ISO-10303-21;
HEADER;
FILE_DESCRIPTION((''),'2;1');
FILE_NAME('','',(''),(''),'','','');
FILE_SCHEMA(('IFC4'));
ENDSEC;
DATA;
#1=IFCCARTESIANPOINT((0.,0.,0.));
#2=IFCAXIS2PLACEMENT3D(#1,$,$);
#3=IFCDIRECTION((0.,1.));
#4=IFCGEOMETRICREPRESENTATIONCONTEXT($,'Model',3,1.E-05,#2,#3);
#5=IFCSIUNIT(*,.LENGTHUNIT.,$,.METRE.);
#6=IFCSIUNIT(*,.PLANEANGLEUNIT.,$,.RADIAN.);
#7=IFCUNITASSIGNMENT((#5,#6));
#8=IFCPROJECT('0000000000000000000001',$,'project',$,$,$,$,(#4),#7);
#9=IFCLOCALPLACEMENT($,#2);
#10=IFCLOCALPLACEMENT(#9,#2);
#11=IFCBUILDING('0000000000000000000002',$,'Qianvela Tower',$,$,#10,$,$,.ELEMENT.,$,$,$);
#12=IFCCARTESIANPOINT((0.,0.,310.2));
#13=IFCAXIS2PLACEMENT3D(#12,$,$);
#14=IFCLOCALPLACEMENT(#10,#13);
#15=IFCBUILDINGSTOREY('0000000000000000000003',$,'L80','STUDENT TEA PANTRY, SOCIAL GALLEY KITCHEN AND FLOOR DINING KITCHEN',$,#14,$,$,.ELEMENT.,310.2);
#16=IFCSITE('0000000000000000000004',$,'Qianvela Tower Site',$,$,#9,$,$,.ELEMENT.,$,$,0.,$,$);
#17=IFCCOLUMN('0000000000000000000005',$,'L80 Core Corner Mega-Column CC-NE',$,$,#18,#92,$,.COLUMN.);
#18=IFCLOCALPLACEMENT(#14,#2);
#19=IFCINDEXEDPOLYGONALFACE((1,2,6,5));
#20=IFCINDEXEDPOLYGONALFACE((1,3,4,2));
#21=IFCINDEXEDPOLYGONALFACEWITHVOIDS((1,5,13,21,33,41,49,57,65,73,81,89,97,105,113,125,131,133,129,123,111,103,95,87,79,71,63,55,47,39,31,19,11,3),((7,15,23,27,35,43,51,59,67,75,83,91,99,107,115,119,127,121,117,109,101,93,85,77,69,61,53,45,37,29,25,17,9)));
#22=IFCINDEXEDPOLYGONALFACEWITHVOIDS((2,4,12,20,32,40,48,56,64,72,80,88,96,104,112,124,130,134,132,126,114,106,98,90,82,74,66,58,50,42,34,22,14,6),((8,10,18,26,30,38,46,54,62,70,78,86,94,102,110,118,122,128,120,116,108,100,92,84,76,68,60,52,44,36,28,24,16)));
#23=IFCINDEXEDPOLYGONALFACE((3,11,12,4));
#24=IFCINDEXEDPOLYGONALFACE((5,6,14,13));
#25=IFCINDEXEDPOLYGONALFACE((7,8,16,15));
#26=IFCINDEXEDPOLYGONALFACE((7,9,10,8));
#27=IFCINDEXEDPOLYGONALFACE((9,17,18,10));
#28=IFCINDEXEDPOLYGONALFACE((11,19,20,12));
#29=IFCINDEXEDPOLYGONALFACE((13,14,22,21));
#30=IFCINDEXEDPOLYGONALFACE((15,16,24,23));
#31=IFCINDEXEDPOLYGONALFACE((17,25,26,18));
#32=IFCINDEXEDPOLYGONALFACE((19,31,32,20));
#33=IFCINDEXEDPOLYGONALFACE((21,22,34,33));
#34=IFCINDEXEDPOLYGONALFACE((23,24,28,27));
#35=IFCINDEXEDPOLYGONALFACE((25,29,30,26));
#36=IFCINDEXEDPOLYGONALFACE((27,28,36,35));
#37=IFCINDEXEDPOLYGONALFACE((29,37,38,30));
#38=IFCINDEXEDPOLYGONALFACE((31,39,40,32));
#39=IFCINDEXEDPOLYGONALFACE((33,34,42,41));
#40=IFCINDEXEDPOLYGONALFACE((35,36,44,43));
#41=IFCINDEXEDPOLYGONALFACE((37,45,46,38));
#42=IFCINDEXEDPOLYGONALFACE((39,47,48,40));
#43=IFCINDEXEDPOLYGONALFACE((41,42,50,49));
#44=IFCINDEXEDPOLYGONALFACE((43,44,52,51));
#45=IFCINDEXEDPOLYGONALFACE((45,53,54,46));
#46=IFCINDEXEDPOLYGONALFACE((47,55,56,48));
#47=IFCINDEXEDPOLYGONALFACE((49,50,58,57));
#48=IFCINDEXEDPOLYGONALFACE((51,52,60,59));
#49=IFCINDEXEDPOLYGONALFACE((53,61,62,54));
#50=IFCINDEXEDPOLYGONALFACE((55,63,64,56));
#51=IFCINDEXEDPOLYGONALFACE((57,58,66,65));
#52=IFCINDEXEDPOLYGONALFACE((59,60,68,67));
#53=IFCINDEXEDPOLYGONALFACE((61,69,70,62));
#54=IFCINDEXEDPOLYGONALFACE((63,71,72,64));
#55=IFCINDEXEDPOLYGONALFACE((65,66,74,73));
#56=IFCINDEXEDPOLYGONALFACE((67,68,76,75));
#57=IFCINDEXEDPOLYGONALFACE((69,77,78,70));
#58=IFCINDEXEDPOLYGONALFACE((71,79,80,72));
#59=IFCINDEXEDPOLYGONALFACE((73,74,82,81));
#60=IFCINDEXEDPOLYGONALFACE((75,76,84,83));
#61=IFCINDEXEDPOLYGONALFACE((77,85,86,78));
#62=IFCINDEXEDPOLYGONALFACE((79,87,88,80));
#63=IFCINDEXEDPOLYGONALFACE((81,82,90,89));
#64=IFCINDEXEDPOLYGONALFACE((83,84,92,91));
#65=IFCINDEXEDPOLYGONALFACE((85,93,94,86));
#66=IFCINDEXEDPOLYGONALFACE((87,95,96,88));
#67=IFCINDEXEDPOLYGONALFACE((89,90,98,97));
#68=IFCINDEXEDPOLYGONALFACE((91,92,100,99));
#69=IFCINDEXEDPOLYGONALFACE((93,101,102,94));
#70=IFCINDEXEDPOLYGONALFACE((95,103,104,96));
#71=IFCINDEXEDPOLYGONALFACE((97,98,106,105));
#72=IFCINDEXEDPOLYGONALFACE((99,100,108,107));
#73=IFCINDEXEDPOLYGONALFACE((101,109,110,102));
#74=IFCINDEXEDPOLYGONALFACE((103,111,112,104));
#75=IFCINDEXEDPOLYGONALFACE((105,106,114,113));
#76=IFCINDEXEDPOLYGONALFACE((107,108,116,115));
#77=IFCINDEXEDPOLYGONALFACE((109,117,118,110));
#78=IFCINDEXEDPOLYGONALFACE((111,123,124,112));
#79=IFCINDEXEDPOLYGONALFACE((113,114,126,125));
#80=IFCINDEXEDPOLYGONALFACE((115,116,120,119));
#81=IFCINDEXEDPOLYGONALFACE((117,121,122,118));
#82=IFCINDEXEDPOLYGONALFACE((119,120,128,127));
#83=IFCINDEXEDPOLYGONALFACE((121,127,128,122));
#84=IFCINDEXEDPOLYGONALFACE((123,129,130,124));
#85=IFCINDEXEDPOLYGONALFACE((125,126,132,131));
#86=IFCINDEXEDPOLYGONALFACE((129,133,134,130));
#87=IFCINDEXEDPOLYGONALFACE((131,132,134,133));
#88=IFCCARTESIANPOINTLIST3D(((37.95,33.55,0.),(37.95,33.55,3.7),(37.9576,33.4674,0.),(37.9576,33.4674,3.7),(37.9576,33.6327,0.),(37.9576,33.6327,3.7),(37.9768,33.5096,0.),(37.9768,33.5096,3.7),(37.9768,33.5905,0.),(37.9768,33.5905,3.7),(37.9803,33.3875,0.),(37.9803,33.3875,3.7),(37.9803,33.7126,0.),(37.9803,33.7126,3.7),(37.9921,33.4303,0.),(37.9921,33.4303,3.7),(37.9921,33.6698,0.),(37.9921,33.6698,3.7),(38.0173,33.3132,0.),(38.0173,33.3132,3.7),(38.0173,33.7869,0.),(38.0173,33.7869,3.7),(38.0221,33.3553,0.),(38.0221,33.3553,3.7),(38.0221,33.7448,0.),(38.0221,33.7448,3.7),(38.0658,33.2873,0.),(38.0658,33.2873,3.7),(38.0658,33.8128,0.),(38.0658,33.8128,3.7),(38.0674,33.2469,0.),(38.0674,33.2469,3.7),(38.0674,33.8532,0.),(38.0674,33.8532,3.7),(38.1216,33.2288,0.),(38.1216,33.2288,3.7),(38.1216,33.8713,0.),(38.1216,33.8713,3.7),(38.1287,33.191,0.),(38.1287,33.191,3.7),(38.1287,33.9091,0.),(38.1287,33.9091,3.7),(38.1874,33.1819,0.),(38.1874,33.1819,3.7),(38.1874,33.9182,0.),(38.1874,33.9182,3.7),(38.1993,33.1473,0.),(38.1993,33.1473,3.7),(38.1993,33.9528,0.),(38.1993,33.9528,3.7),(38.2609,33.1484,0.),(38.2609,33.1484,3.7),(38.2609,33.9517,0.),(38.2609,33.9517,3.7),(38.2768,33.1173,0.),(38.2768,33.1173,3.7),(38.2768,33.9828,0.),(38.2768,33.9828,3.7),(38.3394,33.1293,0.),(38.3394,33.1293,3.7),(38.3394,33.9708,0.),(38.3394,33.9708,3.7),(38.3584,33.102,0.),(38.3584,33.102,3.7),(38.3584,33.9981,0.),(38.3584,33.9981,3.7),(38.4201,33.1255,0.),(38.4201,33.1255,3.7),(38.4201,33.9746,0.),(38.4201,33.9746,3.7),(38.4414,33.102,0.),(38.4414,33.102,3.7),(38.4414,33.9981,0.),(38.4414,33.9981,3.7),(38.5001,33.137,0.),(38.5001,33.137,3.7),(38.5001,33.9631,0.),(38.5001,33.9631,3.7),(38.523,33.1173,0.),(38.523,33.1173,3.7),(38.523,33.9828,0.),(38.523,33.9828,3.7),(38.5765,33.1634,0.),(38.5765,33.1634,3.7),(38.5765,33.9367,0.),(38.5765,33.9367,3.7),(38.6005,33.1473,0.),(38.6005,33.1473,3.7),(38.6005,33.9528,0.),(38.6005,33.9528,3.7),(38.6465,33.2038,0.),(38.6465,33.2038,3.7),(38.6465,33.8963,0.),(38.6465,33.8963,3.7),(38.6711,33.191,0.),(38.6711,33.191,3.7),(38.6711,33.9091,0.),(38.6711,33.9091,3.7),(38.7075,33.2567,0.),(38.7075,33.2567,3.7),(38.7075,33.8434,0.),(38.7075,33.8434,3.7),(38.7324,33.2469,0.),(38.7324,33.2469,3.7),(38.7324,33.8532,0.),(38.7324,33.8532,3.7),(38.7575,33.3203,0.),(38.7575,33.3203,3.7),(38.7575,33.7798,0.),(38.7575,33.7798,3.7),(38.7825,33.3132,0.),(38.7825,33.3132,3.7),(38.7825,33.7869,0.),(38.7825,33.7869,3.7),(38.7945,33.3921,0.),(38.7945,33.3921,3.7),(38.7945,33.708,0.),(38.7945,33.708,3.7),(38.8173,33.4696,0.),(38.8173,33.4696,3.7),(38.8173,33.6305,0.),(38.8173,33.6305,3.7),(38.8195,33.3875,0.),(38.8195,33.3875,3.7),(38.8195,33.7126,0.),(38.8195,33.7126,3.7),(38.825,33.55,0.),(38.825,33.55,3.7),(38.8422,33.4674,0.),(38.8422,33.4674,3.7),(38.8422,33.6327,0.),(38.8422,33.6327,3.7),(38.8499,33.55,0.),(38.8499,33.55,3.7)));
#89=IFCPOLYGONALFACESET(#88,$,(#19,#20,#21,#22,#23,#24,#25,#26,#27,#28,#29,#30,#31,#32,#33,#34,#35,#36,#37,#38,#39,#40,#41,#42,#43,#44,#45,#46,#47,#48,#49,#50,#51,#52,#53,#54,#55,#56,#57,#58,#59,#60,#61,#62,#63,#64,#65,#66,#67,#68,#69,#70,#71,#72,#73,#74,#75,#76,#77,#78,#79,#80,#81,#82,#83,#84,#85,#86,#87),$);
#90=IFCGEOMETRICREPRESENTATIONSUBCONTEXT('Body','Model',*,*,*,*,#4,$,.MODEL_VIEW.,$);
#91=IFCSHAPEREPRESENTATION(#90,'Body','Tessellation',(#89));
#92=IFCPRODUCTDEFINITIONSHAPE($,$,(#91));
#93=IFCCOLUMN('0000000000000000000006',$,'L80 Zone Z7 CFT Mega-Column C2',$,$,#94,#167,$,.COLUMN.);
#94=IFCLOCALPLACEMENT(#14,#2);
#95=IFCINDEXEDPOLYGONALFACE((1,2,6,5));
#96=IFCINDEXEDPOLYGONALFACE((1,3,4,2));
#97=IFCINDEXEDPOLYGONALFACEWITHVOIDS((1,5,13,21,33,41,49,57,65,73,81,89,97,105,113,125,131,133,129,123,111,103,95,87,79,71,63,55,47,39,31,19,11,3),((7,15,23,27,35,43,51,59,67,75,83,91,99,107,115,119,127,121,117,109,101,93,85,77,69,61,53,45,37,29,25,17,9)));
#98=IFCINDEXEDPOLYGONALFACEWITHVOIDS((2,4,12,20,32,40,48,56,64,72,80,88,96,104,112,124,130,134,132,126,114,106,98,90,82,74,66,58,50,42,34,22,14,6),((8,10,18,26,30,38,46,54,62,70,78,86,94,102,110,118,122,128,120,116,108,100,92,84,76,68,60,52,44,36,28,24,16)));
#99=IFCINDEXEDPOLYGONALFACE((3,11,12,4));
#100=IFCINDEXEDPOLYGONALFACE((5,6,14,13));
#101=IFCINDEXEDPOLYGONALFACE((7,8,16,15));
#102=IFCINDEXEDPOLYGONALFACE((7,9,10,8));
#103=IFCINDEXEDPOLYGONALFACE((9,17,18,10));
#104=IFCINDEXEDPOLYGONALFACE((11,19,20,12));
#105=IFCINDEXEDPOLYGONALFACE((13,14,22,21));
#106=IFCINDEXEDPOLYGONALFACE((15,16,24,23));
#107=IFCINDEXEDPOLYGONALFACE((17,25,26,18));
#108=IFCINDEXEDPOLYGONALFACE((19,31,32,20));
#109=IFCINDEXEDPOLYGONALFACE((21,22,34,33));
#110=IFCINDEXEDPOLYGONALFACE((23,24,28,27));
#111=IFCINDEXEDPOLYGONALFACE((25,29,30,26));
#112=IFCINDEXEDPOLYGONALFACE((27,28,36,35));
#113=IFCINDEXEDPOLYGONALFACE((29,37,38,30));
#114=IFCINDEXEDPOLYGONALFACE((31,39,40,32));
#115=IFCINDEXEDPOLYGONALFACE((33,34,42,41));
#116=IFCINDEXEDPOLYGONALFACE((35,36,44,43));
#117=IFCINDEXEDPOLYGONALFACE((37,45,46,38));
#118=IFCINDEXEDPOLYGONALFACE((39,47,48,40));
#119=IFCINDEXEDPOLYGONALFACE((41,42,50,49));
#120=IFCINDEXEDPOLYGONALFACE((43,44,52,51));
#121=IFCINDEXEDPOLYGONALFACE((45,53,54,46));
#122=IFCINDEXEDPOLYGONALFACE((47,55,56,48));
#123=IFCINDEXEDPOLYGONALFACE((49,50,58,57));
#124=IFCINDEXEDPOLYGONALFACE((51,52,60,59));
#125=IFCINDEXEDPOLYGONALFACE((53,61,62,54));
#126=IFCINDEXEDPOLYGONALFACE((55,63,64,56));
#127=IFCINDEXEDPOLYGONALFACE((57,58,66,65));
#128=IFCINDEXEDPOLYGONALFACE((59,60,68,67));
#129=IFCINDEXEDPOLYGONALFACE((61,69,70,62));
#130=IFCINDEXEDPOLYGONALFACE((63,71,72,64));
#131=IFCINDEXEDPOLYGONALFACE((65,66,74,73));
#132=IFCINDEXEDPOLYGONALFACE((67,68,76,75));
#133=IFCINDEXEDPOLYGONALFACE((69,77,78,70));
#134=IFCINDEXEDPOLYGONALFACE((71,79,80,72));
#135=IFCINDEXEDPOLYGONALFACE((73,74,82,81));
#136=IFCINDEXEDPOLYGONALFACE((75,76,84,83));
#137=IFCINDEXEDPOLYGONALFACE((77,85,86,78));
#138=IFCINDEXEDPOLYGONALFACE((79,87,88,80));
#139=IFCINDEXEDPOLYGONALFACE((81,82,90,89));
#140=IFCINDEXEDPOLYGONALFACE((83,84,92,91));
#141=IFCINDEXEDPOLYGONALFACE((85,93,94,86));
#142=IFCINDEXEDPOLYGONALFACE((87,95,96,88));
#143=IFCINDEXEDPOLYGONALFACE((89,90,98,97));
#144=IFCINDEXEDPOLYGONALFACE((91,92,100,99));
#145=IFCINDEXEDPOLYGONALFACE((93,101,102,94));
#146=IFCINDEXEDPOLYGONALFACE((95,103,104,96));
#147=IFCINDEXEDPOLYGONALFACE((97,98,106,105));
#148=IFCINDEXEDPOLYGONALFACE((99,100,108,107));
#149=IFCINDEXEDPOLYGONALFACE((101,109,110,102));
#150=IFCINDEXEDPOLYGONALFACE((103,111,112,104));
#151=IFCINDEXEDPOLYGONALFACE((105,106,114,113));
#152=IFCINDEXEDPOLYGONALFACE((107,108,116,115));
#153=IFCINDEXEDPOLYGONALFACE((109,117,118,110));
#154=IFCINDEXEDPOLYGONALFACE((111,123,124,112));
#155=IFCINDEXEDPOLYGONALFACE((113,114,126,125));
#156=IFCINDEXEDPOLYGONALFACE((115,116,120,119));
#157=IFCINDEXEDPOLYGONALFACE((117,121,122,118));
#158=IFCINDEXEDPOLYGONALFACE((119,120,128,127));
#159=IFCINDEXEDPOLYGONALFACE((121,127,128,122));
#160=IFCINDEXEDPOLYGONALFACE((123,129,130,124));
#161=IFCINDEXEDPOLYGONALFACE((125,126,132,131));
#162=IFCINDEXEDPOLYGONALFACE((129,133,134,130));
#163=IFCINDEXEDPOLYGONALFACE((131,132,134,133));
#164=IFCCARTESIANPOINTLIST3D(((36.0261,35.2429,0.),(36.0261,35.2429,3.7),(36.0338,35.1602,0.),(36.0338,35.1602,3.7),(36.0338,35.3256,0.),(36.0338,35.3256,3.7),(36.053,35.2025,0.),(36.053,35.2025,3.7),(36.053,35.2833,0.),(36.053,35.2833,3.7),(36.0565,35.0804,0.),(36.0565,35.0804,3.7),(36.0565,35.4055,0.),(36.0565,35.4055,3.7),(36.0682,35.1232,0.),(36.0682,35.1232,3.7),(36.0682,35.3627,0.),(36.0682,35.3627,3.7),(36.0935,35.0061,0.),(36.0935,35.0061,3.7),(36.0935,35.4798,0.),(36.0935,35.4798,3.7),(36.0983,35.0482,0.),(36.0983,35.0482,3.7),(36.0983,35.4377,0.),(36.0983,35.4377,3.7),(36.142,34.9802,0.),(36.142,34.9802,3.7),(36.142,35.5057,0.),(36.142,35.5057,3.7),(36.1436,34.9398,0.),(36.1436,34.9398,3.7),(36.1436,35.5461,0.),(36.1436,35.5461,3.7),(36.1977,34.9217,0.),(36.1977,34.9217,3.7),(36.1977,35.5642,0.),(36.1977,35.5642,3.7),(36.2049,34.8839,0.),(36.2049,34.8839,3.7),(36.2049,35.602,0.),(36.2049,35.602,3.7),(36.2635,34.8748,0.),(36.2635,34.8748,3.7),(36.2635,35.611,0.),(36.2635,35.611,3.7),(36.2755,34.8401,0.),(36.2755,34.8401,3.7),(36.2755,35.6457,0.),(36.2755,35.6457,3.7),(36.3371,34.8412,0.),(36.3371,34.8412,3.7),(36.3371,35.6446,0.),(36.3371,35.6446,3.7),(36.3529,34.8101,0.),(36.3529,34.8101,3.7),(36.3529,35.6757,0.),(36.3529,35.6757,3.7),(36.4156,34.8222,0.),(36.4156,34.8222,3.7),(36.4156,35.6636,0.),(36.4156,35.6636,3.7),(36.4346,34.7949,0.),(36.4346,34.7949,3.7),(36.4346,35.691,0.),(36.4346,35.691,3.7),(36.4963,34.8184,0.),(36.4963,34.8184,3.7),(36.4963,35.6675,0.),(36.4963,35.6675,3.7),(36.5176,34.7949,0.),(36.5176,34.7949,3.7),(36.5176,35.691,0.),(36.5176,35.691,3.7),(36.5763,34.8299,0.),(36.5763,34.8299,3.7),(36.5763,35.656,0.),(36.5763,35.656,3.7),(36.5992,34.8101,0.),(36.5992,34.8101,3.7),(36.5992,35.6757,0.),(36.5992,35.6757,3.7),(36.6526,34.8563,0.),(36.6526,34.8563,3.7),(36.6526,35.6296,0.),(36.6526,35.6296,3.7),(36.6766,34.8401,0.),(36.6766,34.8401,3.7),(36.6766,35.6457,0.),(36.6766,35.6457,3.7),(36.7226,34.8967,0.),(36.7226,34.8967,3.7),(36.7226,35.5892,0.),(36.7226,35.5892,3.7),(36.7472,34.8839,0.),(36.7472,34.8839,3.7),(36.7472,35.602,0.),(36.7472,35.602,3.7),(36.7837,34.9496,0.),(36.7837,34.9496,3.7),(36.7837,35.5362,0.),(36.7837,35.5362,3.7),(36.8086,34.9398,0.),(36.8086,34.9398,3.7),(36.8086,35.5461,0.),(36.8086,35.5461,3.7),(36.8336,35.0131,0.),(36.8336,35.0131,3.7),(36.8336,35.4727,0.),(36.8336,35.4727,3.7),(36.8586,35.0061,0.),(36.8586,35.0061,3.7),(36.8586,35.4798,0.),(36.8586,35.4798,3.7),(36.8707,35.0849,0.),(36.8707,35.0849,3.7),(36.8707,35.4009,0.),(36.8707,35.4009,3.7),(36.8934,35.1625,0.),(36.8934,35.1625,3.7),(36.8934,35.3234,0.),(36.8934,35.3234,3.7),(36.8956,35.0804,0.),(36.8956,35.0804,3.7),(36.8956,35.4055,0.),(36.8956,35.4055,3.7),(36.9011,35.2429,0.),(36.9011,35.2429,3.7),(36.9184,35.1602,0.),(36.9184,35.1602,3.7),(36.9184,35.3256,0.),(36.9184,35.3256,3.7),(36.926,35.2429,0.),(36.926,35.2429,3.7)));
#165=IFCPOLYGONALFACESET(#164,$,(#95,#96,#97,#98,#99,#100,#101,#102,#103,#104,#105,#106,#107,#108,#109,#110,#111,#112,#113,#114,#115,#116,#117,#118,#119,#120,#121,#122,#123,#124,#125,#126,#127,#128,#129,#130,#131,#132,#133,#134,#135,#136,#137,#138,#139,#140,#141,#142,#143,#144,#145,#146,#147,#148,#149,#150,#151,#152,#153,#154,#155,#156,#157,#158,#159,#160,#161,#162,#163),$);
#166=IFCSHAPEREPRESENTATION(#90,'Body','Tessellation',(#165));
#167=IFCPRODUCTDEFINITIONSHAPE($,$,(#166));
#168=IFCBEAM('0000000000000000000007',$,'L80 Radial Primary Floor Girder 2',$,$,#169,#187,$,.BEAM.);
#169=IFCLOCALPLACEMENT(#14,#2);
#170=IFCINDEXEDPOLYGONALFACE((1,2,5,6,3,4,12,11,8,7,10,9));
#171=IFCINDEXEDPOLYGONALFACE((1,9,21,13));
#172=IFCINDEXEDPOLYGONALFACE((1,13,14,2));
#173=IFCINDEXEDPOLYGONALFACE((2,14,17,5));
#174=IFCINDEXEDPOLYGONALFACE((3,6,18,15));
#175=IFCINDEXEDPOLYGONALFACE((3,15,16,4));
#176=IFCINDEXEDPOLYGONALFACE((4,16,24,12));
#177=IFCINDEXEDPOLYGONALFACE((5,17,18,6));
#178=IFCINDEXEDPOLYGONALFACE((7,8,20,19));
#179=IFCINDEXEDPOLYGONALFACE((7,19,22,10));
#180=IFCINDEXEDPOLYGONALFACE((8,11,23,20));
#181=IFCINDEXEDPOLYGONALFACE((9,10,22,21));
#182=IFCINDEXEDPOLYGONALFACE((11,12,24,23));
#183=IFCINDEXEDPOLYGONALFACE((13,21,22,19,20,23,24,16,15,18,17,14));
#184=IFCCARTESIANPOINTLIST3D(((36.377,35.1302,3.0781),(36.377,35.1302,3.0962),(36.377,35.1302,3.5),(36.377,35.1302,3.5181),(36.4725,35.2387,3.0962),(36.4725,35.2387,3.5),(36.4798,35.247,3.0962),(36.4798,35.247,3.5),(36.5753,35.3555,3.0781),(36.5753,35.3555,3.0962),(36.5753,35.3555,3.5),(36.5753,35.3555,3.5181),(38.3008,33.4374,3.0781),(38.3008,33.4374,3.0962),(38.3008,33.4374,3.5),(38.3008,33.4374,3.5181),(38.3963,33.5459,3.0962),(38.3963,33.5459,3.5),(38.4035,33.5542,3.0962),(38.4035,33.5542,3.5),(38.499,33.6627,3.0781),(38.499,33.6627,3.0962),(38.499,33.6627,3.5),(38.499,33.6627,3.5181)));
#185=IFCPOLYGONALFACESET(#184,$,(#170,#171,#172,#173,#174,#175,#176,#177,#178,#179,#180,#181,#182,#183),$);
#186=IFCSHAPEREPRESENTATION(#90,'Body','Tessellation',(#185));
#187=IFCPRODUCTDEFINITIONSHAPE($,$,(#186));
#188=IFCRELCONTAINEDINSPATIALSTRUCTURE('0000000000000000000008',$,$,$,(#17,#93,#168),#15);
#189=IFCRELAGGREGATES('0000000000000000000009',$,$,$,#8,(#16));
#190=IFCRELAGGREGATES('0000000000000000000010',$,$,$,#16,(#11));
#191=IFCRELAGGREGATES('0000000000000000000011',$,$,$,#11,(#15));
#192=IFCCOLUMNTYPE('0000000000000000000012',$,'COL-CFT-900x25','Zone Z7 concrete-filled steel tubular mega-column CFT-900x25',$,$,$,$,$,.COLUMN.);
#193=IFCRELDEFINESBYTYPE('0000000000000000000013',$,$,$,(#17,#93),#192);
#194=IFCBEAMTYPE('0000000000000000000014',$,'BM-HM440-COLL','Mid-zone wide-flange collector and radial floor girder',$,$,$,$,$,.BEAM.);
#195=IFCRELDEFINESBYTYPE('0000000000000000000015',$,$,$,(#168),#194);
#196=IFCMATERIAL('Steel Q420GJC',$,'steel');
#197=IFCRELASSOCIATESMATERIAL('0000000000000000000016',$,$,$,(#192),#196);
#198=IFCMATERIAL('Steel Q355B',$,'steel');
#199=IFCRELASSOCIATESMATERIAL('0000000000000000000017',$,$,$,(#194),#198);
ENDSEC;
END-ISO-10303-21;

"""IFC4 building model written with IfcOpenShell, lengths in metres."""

from ifc_helpers import new_model, si_unit, direction, frame, origin, origin_2d, place, context, subcontext, project, spatial, hollow_circle, i_section, extrude, material, material_profile, profile_set, type_object, element, save


model = new_model("IFC4")

# Units and contexts
model_context = context("Model", 3, precision=1e-05, world=origin(), true_north=direction((0.0, 1.0)))
body_context = subcontext(model_context, "Body", "Model", "MODEL_VIEW")
ifc_project = project(units=[si_unit("LENGTHUNIT", "METRE"), si_unit("PLANEANGLEUNIT", "RADIAN")], contexts=[model_context])

# Site, building, storey
site_placement = place(None, origin())
site = spatial("IfcSite", under=ifc_project, at=site_placement, Name="Qianvela Tower Site", CompositionType="ELEMENT", RefElevation=0.0)
building_placement = place(site_placement, origin())
building = spatial("IfcBuilding", under=site, at=building_placement, Name="Qianvela Tower", CompositionType="ELEMENT")
storey_placement = place(building_placement, frame((0.0, 0.0, 310.2)))
storey = spatial("IfcBuildingStorey", under=building, at=storey_placement, Name="L80", Description="STUDENT TEA PANTRY, SOCIAL GALLEY KITCHEN AND FLOOR DINING KITCHEN", CompositionType="ELEMENT", Elevation=310.2)

# Columns
ifc_material_1 = material(Name="Steel Q420GJC", Category="steel")
ifc_material_profile_1 = material_profile(ifc_material_1, hollow_circle(Radius=0.45, WallThickness=0.0249, at=origin_2d()), Name="CFT-900x25")
ifc_profile_set_1 = profile_set([ifc_material_profile_1], Name="Steel Q420GJC")
column_type = type_object("IfcColumnType", Name="COL-CFT-900x25", Description="Zone Z7 concrete-filled steel tubular mega-column CFT-900x25", PredefinedType="COLUMN", material=ifc_profile_set_1)
for number, where, z_axis, x_axis, name in (
    (1, (38.3999, 33.55, 0.0), (0.0, 0.0, 1.0), (1.0, 0.0, 0.0), "L80 Core Corner Mega-Column CC-NE"),
    (2, (36.4761, 35.2429, 0.0), (0.0, 0.0, 1.0), (1.0, 0.0, 0.0), "L80 Zone Z7 CFT Mega-Column C2"),
):
    element("IfcColumn", number, at=place(storey_placement, frame(where, z_axis=z_axis, x_axis=x_axis)), inside=storey, type_object=column_type, Name=name, PredefinedType="COLUMN", context=body_context, shape_type="SweptSolid", body=[
        extrude(hollow_circle(Radius=0.45, WallThickness=0.0249, at=origin_2d()), origin(), (0.0, 0.0, 1.0), 3.7),
    ])

# Beam
ifc_material_2 = material(Name="Steel Q355B", Category="steel")
ifc_material_profile_2 = material_profile(ifc_material_2, i_section(OverallWidth=0.3, OverallDepth=0.4399, WebThickness=0.011, FlangeThickness=0.0181, at=origin_2d()), Name="HM440x300x11x18")
ifc_profile_set_2 = profile_set([ifc_material_profile_2], Name="Steel Q355B")
beam_type_1 = type_object("IfcBeamType", Name="BM-HM440-COLL", Description="Mid-zone wide-flange collector and radial floor girder", PredefinedType="BEAM", material=ifc_profile_set_2)
beam_1_placement = place(storey_placement, frame((38.3999, 33.55, 3.2981), z_axis=(-0.750732, 0.660606, 0.0), x_axis=(-0.660606, -0.750732, 0.0)))
element("IfcBeam", 3, at=beam_1_placement, inside=storey, type_object=beam_type_1, Name="L80 Radial Primary Floor Girder 2", PredefinedType="BEAM", context=body_context, shape_type="SweptSolid", body=[
    extrude(i_section(OverallWidth=0.3, OverallDepth=0.4399, WebThickness=0.011, FlangeThickness=0.0181, at=origin_2d()), origin(), (0.0, 0.0, 1.0), 2.5625),
])

save(model, "model.ifc")
